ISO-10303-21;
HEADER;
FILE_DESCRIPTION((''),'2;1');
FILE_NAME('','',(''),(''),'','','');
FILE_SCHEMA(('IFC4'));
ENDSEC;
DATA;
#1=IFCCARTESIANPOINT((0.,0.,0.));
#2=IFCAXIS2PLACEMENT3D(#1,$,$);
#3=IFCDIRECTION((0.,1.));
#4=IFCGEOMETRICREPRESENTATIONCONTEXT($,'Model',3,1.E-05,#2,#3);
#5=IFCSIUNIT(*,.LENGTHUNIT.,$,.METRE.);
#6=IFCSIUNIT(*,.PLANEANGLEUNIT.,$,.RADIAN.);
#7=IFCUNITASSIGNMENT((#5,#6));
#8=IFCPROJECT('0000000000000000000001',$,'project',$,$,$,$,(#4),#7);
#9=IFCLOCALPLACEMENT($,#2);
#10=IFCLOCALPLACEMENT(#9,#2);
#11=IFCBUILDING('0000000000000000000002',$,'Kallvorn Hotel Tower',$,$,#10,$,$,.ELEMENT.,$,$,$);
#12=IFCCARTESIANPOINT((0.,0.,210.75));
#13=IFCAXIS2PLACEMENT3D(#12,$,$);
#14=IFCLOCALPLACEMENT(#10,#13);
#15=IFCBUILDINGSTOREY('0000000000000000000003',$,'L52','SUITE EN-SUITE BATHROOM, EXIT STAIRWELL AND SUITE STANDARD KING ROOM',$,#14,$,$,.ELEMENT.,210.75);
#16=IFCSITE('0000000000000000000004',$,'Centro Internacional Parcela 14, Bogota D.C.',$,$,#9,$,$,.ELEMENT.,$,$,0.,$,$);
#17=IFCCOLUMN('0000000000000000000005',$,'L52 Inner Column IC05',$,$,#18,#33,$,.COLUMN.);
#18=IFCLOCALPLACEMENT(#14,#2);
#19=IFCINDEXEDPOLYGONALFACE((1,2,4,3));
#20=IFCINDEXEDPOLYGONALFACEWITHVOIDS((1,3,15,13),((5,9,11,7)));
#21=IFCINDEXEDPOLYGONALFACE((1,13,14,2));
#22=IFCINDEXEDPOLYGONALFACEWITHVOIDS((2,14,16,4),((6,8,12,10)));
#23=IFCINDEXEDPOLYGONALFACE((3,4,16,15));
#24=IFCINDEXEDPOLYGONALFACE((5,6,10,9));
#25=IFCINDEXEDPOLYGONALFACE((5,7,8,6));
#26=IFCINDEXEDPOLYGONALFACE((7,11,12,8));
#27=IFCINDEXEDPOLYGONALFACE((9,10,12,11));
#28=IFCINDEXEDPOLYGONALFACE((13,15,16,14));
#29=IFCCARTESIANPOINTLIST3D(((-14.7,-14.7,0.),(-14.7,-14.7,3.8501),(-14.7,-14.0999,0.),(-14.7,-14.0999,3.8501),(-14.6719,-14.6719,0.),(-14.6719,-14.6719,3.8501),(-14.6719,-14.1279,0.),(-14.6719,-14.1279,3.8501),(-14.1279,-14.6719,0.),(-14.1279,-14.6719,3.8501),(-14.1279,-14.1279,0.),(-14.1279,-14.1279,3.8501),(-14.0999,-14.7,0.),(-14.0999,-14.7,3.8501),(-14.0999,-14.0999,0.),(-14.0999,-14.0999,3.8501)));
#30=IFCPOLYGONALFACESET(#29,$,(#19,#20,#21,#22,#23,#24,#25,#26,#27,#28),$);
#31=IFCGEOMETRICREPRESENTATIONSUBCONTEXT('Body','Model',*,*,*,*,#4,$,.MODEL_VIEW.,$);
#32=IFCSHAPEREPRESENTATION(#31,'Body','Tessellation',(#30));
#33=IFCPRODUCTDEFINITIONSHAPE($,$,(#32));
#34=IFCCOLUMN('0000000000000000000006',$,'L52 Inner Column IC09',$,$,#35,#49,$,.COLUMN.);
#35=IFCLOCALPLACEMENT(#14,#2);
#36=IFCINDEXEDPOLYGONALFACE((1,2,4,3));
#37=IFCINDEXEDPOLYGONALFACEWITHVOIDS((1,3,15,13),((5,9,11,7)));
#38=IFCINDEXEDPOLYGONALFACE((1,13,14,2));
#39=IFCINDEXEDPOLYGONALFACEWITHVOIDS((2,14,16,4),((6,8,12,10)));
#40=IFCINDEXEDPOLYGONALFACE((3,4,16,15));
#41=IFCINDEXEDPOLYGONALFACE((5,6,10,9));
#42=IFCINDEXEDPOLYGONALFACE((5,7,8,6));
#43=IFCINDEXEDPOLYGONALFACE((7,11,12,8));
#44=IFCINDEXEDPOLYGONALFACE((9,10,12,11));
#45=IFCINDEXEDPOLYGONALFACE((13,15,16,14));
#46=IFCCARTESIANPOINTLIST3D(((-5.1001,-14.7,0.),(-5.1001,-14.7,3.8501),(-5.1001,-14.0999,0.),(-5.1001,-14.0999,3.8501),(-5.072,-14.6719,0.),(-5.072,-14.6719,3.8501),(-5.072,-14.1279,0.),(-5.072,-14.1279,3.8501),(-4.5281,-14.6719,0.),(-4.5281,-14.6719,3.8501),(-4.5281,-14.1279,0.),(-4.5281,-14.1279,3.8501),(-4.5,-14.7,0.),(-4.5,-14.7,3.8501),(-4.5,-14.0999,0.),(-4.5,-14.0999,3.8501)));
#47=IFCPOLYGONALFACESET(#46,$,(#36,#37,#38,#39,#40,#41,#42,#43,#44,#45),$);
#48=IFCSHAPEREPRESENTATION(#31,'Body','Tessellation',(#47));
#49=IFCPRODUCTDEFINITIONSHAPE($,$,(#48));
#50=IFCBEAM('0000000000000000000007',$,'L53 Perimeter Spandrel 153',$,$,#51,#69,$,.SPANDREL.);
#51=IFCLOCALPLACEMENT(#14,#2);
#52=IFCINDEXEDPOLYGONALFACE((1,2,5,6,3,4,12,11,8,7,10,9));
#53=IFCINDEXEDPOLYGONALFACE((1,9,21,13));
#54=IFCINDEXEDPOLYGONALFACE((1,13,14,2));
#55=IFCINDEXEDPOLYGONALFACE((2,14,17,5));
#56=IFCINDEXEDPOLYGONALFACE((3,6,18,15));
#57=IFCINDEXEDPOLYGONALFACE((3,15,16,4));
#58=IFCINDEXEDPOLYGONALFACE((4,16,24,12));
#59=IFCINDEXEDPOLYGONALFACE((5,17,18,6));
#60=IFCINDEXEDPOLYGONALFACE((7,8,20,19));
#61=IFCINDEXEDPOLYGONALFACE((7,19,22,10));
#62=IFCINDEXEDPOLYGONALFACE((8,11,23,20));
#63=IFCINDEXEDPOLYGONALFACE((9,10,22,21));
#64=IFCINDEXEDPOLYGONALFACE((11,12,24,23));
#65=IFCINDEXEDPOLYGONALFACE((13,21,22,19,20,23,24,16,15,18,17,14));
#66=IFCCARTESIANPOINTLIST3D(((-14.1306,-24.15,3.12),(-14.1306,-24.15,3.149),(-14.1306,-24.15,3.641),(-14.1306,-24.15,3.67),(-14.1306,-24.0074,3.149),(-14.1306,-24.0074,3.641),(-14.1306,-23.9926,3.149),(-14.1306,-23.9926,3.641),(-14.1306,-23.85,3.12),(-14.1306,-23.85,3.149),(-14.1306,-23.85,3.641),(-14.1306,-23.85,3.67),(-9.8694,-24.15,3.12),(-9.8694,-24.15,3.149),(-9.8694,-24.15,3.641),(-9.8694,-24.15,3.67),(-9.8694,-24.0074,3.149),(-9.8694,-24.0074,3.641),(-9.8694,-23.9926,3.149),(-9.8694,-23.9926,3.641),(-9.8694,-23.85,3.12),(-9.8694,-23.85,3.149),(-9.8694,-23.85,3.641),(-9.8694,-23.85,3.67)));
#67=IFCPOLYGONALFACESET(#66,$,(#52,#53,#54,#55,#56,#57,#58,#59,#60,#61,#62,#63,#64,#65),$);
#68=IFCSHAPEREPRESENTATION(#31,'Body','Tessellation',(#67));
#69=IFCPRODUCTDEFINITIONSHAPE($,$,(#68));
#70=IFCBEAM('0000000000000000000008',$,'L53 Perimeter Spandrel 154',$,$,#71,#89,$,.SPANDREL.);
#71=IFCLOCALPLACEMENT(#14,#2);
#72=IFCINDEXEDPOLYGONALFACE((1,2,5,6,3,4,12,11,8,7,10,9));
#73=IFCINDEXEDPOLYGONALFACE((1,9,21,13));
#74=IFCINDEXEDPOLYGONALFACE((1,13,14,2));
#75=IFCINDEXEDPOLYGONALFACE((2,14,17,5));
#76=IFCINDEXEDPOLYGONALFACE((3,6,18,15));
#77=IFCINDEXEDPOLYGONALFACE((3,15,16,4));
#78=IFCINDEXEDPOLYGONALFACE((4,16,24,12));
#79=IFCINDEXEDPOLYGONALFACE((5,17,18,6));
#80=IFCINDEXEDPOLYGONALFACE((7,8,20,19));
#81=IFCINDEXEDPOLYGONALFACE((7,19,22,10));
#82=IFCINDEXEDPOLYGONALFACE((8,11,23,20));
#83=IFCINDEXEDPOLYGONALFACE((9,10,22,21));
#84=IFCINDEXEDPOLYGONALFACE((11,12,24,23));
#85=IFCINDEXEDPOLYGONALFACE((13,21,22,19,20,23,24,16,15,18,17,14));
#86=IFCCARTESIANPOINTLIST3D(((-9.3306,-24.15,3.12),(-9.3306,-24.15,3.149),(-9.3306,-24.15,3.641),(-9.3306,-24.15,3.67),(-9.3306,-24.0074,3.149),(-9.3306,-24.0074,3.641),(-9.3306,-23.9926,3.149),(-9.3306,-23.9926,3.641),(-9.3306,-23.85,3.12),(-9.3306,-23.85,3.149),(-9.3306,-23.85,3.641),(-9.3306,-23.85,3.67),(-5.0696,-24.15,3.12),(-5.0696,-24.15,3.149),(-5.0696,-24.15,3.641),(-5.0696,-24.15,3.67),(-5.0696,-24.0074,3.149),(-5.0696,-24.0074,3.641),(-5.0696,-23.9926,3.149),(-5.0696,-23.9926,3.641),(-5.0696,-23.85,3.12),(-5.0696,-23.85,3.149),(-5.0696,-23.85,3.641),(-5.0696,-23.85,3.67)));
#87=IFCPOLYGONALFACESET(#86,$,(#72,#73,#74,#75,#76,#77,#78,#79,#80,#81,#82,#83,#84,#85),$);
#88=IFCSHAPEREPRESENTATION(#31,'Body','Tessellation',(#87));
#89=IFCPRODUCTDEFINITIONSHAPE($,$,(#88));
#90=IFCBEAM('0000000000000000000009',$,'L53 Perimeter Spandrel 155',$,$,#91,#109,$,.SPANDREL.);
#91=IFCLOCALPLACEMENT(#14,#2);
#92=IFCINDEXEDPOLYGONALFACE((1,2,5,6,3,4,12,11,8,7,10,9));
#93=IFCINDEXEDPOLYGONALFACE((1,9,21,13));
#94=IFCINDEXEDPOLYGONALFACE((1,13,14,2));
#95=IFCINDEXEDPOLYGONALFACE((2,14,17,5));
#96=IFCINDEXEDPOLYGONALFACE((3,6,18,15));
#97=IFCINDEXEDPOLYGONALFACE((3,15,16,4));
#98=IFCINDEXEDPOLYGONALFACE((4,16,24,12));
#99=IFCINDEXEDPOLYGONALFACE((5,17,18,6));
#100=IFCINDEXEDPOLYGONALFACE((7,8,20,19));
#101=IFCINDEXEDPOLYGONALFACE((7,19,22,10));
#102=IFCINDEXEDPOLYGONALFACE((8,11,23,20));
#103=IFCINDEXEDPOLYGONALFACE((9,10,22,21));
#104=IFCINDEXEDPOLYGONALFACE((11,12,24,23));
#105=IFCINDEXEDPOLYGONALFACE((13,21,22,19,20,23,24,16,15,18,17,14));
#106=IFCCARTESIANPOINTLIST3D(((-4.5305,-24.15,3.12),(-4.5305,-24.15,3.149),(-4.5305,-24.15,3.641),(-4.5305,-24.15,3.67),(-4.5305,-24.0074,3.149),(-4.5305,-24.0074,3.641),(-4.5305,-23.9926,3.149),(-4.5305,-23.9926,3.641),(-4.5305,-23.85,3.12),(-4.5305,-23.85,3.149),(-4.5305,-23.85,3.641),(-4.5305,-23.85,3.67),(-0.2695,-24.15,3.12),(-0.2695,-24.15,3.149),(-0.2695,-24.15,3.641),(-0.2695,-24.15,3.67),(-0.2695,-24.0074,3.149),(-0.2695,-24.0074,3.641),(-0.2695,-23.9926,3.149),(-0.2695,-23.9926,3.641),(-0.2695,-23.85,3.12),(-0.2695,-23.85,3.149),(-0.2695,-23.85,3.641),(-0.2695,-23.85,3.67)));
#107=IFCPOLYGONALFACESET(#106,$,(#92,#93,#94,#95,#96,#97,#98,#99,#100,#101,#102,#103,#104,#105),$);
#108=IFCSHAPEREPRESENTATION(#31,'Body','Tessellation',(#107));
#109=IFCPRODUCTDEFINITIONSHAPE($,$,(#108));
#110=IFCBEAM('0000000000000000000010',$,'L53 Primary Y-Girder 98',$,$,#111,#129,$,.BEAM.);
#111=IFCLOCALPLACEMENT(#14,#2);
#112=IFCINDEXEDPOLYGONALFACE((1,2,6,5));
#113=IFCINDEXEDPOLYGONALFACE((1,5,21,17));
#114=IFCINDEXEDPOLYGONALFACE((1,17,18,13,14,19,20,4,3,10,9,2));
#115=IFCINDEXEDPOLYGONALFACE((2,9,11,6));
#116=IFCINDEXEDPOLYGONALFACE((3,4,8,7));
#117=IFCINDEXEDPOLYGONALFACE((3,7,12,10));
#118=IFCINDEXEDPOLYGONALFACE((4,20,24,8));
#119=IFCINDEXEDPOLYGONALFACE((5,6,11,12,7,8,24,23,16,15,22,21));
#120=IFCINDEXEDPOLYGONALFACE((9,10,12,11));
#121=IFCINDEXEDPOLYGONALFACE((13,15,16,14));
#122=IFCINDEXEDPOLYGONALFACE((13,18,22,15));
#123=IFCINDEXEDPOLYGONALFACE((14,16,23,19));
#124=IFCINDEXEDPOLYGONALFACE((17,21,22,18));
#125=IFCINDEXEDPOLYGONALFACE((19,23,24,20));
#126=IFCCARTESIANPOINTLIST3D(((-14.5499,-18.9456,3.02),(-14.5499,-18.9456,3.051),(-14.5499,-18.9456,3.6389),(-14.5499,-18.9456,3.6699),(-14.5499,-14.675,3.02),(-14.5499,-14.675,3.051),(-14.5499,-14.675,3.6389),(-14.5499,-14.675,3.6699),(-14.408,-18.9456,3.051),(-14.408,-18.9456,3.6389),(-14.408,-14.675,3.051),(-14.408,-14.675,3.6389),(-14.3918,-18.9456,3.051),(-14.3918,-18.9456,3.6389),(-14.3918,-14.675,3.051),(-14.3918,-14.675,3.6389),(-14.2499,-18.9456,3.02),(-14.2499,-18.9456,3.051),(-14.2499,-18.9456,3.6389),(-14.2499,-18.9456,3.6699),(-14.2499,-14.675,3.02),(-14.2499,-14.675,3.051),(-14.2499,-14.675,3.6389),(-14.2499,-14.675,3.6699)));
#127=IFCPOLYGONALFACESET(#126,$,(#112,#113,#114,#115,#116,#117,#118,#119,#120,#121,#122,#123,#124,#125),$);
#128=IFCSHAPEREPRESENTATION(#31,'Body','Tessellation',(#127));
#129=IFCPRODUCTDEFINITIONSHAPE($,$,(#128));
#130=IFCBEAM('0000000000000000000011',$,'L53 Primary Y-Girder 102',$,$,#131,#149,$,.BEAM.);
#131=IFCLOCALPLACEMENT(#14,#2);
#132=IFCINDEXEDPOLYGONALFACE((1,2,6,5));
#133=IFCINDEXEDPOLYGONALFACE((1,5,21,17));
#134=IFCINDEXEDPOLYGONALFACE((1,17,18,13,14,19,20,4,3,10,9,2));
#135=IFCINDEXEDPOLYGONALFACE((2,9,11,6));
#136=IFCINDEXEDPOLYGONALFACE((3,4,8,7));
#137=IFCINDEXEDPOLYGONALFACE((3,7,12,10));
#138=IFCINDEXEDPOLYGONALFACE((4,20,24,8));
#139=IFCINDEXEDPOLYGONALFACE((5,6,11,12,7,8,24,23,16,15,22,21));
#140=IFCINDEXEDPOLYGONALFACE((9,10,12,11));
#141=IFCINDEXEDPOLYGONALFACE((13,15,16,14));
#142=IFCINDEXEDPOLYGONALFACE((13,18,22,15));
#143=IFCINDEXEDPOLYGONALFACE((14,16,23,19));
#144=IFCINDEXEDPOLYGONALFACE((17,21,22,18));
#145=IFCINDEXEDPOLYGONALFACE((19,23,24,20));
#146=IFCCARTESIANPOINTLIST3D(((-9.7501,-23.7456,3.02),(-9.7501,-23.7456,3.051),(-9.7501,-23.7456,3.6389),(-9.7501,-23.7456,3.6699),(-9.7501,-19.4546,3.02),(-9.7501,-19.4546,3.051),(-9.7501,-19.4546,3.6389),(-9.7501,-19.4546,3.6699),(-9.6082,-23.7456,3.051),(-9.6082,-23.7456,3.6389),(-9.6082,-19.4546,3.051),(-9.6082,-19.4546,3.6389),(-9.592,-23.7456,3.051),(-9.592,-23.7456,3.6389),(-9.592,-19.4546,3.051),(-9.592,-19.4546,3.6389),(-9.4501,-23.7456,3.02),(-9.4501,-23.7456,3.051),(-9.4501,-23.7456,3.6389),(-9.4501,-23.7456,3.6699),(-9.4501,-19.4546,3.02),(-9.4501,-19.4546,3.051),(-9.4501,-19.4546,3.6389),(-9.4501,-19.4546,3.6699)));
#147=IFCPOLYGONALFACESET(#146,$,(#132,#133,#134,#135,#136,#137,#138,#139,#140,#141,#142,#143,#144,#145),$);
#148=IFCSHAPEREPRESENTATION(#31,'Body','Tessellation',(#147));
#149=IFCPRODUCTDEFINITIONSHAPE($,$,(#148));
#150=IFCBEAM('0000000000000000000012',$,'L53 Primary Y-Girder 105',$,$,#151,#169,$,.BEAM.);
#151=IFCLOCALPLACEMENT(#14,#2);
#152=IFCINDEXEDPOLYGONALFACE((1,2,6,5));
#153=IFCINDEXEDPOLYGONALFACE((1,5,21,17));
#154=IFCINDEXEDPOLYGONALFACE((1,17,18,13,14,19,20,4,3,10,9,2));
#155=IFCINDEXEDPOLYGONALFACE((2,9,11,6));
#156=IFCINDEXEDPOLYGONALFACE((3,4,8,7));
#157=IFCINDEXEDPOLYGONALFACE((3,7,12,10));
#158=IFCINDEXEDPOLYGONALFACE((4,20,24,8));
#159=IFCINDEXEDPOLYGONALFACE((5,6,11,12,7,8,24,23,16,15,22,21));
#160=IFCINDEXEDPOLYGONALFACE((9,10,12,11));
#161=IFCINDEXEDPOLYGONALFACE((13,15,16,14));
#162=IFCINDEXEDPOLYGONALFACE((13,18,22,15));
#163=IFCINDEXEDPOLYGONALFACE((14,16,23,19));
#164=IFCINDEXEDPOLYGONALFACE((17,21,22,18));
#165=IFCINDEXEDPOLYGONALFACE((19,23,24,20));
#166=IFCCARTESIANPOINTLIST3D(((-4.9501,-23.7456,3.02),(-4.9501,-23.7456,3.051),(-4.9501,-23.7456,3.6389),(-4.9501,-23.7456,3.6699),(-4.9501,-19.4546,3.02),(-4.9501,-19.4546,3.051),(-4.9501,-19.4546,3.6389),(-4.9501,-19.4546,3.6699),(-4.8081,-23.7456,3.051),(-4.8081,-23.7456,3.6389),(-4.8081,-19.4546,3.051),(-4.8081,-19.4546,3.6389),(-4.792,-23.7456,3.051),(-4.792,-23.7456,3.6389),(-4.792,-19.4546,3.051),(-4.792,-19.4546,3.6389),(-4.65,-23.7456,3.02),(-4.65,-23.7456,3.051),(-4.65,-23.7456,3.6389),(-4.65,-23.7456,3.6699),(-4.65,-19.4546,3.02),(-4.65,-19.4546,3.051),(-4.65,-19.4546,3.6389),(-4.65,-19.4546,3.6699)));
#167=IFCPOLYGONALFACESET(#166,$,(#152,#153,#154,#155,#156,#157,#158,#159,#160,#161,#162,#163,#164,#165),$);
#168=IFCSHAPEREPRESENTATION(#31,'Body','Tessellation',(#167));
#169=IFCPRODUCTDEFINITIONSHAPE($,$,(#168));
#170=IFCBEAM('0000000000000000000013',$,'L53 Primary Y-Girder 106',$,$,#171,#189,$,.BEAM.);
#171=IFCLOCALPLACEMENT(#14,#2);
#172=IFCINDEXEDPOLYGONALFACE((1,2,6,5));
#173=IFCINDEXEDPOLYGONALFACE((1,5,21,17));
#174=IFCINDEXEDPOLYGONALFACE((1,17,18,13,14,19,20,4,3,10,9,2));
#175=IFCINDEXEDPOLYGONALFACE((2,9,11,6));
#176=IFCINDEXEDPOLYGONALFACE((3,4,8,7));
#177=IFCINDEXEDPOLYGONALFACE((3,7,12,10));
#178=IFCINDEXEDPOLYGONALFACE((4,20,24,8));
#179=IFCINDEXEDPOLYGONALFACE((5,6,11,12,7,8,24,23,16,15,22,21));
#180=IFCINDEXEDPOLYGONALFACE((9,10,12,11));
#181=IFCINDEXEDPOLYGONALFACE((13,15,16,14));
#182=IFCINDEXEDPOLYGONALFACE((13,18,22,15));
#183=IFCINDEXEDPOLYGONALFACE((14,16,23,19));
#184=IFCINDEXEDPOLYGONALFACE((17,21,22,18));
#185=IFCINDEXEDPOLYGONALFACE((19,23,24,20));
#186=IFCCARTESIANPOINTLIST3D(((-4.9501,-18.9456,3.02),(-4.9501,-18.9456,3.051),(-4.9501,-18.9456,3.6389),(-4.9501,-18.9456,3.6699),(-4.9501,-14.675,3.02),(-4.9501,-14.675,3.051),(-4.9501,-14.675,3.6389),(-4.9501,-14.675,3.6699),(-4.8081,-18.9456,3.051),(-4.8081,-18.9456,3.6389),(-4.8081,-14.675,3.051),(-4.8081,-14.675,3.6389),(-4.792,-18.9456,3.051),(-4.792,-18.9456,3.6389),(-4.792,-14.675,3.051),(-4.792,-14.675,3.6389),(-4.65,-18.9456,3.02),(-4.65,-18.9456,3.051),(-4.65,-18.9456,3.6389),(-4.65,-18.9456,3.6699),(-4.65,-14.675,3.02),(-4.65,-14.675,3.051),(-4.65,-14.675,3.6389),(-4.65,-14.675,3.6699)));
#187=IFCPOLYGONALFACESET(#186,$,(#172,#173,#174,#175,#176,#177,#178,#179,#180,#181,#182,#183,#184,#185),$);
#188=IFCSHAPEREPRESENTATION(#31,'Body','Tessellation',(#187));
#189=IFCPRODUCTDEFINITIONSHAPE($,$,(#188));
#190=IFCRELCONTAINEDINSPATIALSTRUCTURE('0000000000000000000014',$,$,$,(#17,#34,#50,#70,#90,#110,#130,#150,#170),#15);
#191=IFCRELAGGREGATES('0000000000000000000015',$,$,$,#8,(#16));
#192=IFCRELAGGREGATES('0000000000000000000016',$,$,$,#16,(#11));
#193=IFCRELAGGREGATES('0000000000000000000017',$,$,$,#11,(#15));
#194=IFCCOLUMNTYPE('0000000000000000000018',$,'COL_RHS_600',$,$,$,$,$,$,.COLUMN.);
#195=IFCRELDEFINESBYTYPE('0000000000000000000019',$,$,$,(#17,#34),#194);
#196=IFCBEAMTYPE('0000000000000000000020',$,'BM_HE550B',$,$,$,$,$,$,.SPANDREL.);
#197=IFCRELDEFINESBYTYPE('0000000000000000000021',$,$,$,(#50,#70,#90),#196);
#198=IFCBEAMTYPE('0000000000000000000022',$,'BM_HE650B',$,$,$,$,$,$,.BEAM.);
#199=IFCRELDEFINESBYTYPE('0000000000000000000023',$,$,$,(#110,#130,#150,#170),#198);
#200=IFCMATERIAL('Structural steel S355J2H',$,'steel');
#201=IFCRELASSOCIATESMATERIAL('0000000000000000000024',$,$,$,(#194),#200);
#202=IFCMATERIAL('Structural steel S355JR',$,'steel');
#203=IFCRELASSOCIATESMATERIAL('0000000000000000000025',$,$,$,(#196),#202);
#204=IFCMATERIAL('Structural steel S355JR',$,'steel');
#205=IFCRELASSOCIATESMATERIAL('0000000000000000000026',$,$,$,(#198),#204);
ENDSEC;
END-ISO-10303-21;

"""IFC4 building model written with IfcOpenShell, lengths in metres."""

from ifc_helpers import new_model, si_unit, direction, frame, origin, origin_2d, place, context, subcontext, project, spatial, hollow_rectangle, i_section, extrude, material, material_profile, profile_set, type_object, element, save


model = new_model("IFC4")

# Units and contexts
model_context = context("Model", 3, precision=1e-05, world=origin(), true_north=direction((0.0, 1.0)))
body_context = subcontext(model_context, "Body", "Model", "MODEL_VIEW")
ifc_project = project(units=[si_unit("LENGTHUNIT", "METRE"), si_unit("PLANEANGLEUNIT", "RADIAN")], contexts=[model_context])

# Site, building, storey
site_placement = place(None, origin())
site = spatial("IfcSite", under=ifc_project, at=site_placement, Name="Centro Internacional Parcela 14, Bogota D.C.", CompositionType="ELEMENT", RefElevation=0.0)
building_placement = place(site_placement, origin())
building = spatial("IfcBuilding", under=site, at=building_placement, Name="Kallvorn Hotel Tower", CompositionType="ELEMENT")
storey_placement = place(building_placement, frame((0.0, 0.0, 210.75)))
storey = spatial("IfcBuildingStorey", under=building, at=storey_placement, Name="L52", Description="SUITE EN-SUITE BATHROOM, EXIT STAIRWELL AND SUITE STANDARD KING ROOM", CompositionType="ELEMENT", Elevation=210.75)

# Columns
ifc_material_1 = material(Name="Structural steel S355J2H", Category="steel")
ifc_material_profile_1 = material_profile(ifc_material_1, hollow_rectangle(XDim=0.6001, YDim=0.6001, WallThickness=0.0281, at=origin_2d()), Name="RHS 600x600x28")
ifc_profile_set_1 = profile_set([ifc_material_profile_1], Name="Structural steel S355J2H")
column_type_1 = type_object("IfcColumnType", Name="COL_RHS_600", PredefinedType="COLUMN", material=ifc_profile_set_1)
for number, where, z_axis, x_axis, name in (
    (1, (-14.3999, -14.3999, 0.0), (0.0, 0.0, 1.0), (1.0, 0.0, 0.0), "L52 Inner Column IC05"),
    (2, (-4.8, -14.3999, 0.0), (0.0, 0.0, 1.0), (1.0, 0.0, 0.0), "L52 Inner Column IC09"),
):
    element("IfcColumn", number, at=place(storey_placement, frame(where, z_axis=z_axis, x_axis=x_axis)), inside=storey, type_object=column_type_1, Name=name, PredefinedType="COLUMN", context=body_context, shape_type="SweptSolid", body=[
        extrude(hollow_rectangle(XDim=0.6001, YDim=0.6001, WallThickness=0.0281, at=origin_2d()), origin(), (0.0, 0.0, 1.0), 3.8501),
    ])

# Beams
ifc_material_2 = material(Name="Structural steel S355JR", Category="steel")
ifc_material_profile_2 = material_profile(ifc_material_2, i_section(OverallWidth=0.3, OverallDepth=0.55, WebThickness=0.0149, FlangeThickness=0.0291, at=origin_2d()), Name="HE 550 B")
ifc_profile_set_2 = profile_set([ifc_material_profile_2], Name="Structural steel S355JR")
beam_type_1 = type_object("IfcBeamType", Name="BM_HE550B", PredefinedType="SPANDREL", material=ifc_profile_set_2)
beam_1_placement = place(storey_placement, frame((-14.1306, -24.0, 3.395), z_axis=(1.0, 0.0, 0.0), x_axis=(0.0, 1.0, 0.0)))
element("IfcBeam", 3, at=beam_1_placement, inside=storey, type_object=beam_type_1, Name="L53 Perimeter Spandrel 153", PredefinedType="SPANDREL", context=body_context, shape_type="SweptSolid", body=[
    extrude(i_section(OverallWidth=0.3, OverallDepth=0.55, WebThickness=0.0149, FlangeThickness=0.0291, at=origin_2d()), origin(), (0.0, 0.0, 1.0), 4.2612),
])
for number, where, z_axis, x_axis, name in (
    (4, (-9.3306, -24.0, 3.395), (1.0, 0.0, 0.0), (0.0, 1.0, 0.0), "L53 Perimeter Spandrel 154"),
    (5, (-4.5305, -24.0, 3.395), (1.0, 0.0, 0.0), (0.0, 1.0, 0.0), "L53 Perimeter Spandrel 155"),
):
    element("IfcBeam", number, at=place(storey_placement, frame(where, z_axis=z_axis, x_axis=x_axis)), inside=storey, type_object=beam_type_1, Name=name, PredefinedType="SPANDREL", context=body_context, shape_type="SweptSolid", body=[
        extrude(i_section(OverallWidth=0.3, OverallDepth=0.55, WebThickness=0.0149, FlangeThickness=0.0291, at=origin_2d()), origin(), (0.0, 0.0, 1.0), 4.261),
    ])
ifc_material_3 = material(Name="Structural steel S355JR", Category="steel")
ifc_material_profile_3 = material_profile(ifc_material_3, i_section(OverallWidth=0.3, OverallDepth=0.6499, WebThickness=0.0161, FlangeThickness=0.031, at=origin_2d()), Name="HE 650 B")
ifc_profile_set_3 = profile_set([ifc_material_profile_3], Name="Structural steel S355JR")
beam_type_2 = type_object("IfcBeamType", Name="BM_HE650B", PredefinedType="BEAM", material=ifc_profile_set_3)
beam_2_placement = place(storey_placement, frame((-14.3999, -18.9456, 3.345), z_axis=(0.0, 1.0, 0.0), x_axis=(-1.0, 0.0, 0.0)))
element("IfcBeam", 6, at=beam_2_placement, inside=storey, type_object=beam_type_2, Name="L53 Primary Y-Girder 98", PredefinedType="BEAM", context=body_context, shape_type="SweptSolid", body=[
    extrude(i_section(OverallWidth=0.3, OverallDepth=0.6499, WebThickness=0.0161, FlangeThickness=0.031, at=origin_2d()), origin(), (0.0, 0.0, 1.0), 4.2705),
])
for number, where, z_axis, x_axis, name in (
    (7, (-9.6001, -23.7456, 3.345), (0.0, 1.0, 0.0), (-1.0, 0.0, 0.0), "L53 Primary Y-Girder 102"),
    (8, (-4.8, -23.7456, 3.345), (0.0, 1.0, 0.0), (-1.0, 0.0, 0.0), "L53 Primary Y-Girder 105"),
):
    element("IfcBeam", number, at=place(storey_placement, frame(where, z_axis=z_axis, x_axis=x_axis)), inside=storey, type_object=beam_type_2, Name=name, PredefinedType="BEAM", context=body_context, shape_type="SweptSolid", body=[
        extrude(i_section(OverallWidth=0.3, OverallDepth=0.6499, WebThickness=0.0161, FlangeThickness=0.031, at=origin_2d()), origin(), (0.0, 0.0, 1.0), 4.291),
    ])
beam_3_placement = place(storey_placement, frame((-4.8, -18.9456, 3.345), z_axis=(0.0, 1.0, 0.0), x_axis=(-1.0, 0.0, 0.0)))
element("IfcBeam", 9, at=beam_3_placement, inside=storey, type_object=beam_type_2, Name="L53 Primary Y-Girder 106", PredefinedType="BEAM", context=body_context, shape_type="SweptSolid", body=[
    extrude(i_section(OverallWidth=0.3, OverallDepth=0.6499, WebThickness=0.0161, FlangeThickness=0.031, at=origin_2d()), origin(), (0.0, 0.0, 1.0), 4.2705),
])

save(model, "model.ifc")
